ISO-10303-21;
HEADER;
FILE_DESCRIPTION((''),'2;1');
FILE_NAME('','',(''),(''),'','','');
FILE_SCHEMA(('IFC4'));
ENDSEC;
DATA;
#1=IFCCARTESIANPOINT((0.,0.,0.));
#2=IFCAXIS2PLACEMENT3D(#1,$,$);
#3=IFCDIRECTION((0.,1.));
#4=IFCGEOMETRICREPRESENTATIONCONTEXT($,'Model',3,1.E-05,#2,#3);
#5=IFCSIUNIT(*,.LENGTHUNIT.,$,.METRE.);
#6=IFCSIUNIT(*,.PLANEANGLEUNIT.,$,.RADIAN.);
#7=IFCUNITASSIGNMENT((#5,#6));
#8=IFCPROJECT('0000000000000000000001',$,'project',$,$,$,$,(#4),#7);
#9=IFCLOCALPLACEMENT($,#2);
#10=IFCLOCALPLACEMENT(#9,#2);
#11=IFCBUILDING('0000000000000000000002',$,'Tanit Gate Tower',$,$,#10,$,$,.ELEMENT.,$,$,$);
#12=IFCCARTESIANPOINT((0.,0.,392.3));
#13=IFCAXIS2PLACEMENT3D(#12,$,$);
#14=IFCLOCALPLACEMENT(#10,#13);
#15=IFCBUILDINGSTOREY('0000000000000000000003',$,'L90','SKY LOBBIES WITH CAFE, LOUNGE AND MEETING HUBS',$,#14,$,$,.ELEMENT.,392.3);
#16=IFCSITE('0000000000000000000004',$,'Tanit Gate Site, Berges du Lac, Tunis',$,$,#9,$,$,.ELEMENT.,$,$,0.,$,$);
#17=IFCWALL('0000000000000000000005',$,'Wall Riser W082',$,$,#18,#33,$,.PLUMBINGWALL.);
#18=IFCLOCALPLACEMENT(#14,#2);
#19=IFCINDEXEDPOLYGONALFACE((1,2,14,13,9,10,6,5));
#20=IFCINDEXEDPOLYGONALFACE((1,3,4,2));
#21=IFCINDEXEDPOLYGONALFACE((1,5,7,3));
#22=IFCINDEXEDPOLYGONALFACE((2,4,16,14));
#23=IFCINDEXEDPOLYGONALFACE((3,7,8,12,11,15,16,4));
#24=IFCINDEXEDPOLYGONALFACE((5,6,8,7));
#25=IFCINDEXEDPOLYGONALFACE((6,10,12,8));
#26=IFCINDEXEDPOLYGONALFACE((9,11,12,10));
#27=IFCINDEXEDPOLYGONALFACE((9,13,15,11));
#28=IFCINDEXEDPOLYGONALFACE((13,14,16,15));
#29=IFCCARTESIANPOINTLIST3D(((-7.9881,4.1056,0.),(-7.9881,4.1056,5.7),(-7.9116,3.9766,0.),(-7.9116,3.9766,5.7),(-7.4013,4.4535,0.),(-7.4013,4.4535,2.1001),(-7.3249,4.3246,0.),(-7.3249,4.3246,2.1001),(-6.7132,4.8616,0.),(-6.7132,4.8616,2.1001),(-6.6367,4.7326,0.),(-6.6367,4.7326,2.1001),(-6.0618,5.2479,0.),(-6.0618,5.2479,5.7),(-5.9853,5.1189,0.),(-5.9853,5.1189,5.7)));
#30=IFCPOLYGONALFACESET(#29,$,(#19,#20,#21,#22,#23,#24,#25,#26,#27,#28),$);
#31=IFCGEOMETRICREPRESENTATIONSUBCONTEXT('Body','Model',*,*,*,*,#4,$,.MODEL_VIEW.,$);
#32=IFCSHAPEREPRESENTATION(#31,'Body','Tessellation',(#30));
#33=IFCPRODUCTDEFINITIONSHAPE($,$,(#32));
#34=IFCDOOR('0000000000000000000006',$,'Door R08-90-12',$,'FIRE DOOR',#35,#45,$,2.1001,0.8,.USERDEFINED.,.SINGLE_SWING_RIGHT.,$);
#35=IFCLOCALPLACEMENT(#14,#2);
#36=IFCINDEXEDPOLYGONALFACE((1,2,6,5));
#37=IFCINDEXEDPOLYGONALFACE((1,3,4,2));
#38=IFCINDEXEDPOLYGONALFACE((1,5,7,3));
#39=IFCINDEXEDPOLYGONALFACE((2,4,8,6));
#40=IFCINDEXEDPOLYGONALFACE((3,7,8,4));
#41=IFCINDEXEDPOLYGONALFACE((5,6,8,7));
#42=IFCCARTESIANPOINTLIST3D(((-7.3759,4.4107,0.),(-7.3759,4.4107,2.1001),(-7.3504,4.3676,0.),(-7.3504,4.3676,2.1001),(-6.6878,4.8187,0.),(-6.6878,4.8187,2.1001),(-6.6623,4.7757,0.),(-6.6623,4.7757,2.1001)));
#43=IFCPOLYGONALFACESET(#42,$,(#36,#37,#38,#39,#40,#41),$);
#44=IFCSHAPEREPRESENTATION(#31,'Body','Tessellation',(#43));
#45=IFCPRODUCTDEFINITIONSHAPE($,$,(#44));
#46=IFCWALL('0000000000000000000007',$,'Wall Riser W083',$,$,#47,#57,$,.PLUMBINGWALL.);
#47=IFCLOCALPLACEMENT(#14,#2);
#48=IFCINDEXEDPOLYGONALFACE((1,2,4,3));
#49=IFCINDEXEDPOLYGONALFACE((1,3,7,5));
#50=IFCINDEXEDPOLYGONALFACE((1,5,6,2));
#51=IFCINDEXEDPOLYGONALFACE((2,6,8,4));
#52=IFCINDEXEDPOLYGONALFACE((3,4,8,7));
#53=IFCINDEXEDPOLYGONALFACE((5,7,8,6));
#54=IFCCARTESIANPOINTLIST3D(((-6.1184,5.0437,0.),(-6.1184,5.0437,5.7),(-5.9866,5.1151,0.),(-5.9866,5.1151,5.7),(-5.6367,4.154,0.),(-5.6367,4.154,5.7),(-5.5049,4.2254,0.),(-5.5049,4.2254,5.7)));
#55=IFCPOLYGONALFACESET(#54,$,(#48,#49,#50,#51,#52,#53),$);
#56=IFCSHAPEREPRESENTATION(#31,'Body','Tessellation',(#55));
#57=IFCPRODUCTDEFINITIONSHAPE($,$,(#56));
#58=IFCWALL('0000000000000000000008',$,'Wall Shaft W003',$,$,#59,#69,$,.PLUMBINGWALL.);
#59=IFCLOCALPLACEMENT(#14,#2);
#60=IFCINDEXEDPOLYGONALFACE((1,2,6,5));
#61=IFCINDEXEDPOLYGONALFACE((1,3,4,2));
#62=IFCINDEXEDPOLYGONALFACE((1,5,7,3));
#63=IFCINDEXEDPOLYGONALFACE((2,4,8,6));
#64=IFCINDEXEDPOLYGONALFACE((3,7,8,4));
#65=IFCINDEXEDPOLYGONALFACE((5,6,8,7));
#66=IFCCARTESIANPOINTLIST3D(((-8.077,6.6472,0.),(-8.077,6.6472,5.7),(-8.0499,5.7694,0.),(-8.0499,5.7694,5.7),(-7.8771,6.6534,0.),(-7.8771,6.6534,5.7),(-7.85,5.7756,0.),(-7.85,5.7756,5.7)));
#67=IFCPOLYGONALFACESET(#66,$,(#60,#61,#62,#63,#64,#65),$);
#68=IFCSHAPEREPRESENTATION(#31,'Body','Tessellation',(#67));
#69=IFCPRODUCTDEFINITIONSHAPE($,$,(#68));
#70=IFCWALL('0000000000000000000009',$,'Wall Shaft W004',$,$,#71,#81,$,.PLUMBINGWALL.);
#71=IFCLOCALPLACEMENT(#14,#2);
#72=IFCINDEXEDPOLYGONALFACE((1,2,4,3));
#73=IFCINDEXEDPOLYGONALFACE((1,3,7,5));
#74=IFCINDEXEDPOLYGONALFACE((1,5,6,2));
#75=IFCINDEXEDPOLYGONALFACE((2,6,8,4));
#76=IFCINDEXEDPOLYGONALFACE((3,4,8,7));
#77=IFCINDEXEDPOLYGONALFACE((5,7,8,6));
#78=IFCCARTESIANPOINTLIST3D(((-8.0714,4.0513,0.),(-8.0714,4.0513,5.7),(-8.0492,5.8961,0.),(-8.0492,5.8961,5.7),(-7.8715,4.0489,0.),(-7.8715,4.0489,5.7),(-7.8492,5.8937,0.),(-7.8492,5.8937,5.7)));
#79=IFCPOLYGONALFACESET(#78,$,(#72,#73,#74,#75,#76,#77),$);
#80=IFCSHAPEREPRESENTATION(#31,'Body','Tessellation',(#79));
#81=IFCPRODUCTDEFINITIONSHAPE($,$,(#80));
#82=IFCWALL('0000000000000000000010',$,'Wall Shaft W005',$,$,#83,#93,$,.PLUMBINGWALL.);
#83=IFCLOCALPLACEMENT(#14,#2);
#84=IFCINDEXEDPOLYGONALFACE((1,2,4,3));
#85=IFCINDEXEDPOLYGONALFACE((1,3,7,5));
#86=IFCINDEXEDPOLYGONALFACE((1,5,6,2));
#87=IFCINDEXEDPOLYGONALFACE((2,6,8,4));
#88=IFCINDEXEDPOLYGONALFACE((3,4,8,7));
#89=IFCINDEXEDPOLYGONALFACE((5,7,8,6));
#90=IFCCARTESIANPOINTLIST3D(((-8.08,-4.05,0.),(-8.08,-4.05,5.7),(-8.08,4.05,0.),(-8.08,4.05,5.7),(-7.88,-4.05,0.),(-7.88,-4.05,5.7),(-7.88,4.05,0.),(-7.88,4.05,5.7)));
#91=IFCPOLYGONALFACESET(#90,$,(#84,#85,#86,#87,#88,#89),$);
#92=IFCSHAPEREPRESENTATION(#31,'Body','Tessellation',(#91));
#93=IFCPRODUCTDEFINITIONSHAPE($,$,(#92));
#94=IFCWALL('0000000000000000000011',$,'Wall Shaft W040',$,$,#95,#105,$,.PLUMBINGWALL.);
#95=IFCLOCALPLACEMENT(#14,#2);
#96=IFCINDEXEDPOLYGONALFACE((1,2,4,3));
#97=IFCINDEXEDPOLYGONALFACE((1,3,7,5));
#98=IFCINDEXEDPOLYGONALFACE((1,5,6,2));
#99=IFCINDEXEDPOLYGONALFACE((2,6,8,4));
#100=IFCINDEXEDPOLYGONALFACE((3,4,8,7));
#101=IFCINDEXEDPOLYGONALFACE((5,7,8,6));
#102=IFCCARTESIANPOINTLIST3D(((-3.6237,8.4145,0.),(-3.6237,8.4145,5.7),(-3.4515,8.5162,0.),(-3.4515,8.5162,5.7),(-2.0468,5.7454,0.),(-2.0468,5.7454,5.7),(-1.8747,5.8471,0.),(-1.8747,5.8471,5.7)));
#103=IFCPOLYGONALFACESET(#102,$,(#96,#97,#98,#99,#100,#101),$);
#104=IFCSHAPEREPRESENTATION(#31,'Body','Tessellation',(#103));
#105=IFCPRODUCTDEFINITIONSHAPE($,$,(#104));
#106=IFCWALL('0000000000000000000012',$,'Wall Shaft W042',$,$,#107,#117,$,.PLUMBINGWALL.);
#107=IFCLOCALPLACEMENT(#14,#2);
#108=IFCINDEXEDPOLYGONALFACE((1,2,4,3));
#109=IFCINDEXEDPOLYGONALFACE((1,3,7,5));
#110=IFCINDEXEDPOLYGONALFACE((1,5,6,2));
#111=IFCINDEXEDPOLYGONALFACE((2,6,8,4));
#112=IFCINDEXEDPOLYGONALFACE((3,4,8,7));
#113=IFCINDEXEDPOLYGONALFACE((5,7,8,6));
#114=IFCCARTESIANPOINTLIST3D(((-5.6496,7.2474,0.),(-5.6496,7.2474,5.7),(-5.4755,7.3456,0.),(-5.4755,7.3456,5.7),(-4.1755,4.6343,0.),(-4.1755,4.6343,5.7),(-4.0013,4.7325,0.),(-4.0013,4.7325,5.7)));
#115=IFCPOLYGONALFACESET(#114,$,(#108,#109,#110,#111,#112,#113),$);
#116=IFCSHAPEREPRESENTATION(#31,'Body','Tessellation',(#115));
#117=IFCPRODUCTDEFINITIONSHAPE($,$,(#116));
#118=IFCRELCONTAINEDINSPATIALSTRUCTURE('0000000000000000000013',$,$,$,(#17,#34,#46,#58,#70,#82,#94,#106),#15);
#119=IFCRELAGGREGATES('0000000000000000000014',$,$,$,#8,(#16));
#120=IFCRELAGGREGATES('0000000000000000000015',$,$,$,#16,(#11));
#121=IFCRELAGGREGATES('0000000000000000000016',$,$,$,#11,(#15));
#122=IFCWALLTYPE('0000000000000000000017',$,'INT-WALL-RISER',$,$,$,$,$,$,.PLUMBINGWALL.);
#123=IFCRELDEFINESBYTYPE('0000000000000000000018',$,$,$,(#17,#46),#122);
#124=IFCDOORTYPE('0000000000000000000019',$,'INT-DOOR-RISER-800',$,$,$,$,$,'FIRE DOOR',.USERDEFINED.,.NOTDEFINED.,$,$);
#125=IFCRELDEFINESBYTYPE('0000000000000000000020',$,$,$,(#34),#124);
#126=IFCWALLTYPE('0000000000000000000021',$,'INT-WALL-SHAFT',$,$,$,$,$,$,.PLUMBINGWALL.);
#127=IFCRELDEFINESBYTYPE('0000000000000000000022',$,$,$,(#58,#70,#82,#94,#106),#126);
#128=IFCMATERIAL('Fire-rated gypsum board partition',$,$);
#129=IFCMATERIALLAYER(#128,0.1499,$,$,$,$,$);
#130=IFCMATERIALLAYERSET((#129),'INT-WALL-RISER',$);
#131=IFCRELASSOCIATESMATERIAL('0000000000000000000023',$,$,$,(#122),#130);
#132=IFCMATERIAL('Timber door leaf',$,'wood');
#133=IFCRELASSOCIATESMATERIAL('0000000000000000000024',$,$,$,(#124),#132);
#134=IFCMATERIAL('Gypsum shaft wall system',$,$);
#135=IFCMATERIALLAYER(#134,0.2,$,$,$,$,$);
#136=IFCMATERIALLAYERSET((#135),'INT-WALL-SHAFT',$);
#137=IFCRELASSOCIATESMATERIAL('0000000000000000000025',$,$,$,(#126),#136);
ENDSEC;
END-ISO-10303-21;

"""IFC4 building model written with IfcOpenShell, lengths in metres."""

from ifc_helpers import new_model, si_unit, direction, frame, frame_2d, origin, place, context, subcontext, project, spatial, rectangle, extrude, material, layer, layer_set, type_object, element, fill, save


model = new_model("IFC4")

# Units and contexts
model_context = context("Model", 3, precision=1e-05, world=origin(), true_north=direction((0.0, 1.0)))
body_context = subcontext(model_context, "Body", "Model", "MODEL_VIEW")
ifc_project = project(units=[si_unit("LENGTHUNIT", "METRE"), si_unit("PLANEANGLEUNIT", "RADIAN")], contexts=[model_context])

# Site, building, storey
site_placement = place(None, origin())
site = spatial("IfcSite", under=ifc_project, at=site_placement, Name="Tanit Gate Site, Berges du Lac, Tunis", CompositionType="ELEMENT", RefElevation=0.0)
building_placement = place(site_placement, origin())
building = spatial("IfcBuilding", under=site, at=building_placement, Name="Tanit Gate Tower", CompositionType="ELEMENT")
storey_placement = place(building_placement, frame((0.0, 0.0, 392.3)))
storey = spatial("IfcBuildingStorey", under=building, at=storey_placement, Name="L90", Description="SKY LOBBIES WITH CAFE, LOUNGE AND MEETING HUBS", CompositionType="ELEMENT", Elevation=392.3)

# Wall, opening, door
ifc_material_1 = material(Name="Fire-rated gypsum board partition")
ifc_layer_1 = layer(ifc_material_1, 0.1499)
ifc_layer_set_1 = layer_set([ifc_layer_1], Name="INT-WALL-RISER")
wall_type_1 = type_object("IfcWallType", Name="INT-WALL-RISER", PredefinedType="PLUMBINGWALL", material=ifc_layer_set_1)
wall_1_placement = place(storey_placement, frame((-6.0237, 5.1833, 0.0), z_axis=(0.0, 0.0, 1.0), x_axis=(-0.860127, -0.51008, 0.0)))
wall_1 = element("IfcWall", 1, at=wall_1_placement, inside=storey, type_object=wall_type_1, Name="Wall Riser W082", PredefinedType="PLUMBINGWALL", context=body_context, shape_type="SweptSolid", body=[
    extrude(rectangle(XDim=2.2395, YDim=0.1499, at=frame_2d((1.1196, 0.0))), origin(), (0.0, 0.0, 1.0), 5.7),
])
opening_1_placement = place(wall_1_placement, frame((0.7573, 0.0, 0.0)))
opening_1 = element("IfcOpeningElement", 2, at=opening_1_placement, cuts=wall_1, PredefinedType="OPENING", context=body_context, shape_type="SweptSolid", body=[
    extrude(rectangle(XDim=0.8, YDim=2.1001, at=frame_2d((0.3999, 1.05))), frame((0.0, 0.085, 0.0), z_axis=(0.0, -1.0, 0.0), x_axis=(1.0, 0.0, 0.0)), (0.0, 0.0, 1.0), 0.1699),
])
ifc_material_2 = material(Name="Timber door leaf", Category="wood")
door_type_1 = type_object("IfcDoorType", Name="INT-DOOR-RISER-800", ElementType="FIRE DOOR", OperationType="NOTDEFINED", PredefinedType="USERDEFINED", material=ifc_material_2)
door_1_placement = place(opening_1_placement, origin())
door_1 = element("IfcDoor", 3, at=door_1_placement, inside=storey, type_object=door_type_1, Name="Door R08-90-12", ObjectType="FIRE DOOR", OperationType="SINGLE_SWING_RIGHT", OverallHeight=2.1001, OverallWidth=0.8, PredefinedType="USERDEFINED", context=body_context, shape_type="SweptSolid", body=[
    extrude(rectangle(XDim=0.8, YDim=2.1001, at=frame_2d((0.3999, 1.05))), frame((0.0, 0.0249, 0.0), z_axis=(0.0, -1.0, 0.0), x_axis=(1.0, 0.0, 0.0)), (0.0, 0.0, 1.0), 0.05),
])
fill(opening_1, door_1)

# Walls
wall_2_placement = place(storey_placement, frame((-5.5708, 4.1897, 0.0), z_axis=(0.0, 0.0, 1.0), x_axis=(-0.476128, 0.879376, 0.0)))
element("IfcWall", 4, at=wall_2_placement, inside=storey, type_object=wall_type_1, Name="Wall Riser W083", PredefinedType="PLUMBINGWALL", context=body_context, shape_type="SweptSolid", body=[
    extrude(rectangle(XDim=1.0117, YDim=0.1499, at=frame_2d((0.5059, 0.0))), origin(), (0.0, 0.0, 1.0), 5.7),
])
ifc_material_3 = material(Name="Gypsum shaft wall system")
ifc_layer_2 = layer(ifc_material_3, 0.2)
ifc_layer_set_2 = layer_set([ifc_layer_2], Name="INT-WALL-SHAFT")
wall_type_2 = type_object("IfcWallType", Name="INT-WALL-SHAFT", PredefinedType="PLUMBINGWALL", material=ifc_layer_set_2)
wall_3_placement = place(storey_placement, frame((-7.9771, 6.6501, 0.0), z_axis=(0.0, 0.0, 1.0), x_axis=(0.030862, -0.999524, 0.0)))
element("IfcWall", 5, at=wall_3_placement, inside=storey, type_object=wall_type_2, Name="Wall Shaft W003", PredefinedType="PLUMBINGWALL", context=body_context, shape_type="SweptSolid", body=[
    extrude(rectangle(XDim=0.8782, YDim=0.2, at=frame_2d((0.439, 0.0))), origin(), (0.0, 0.0, 1.0), 5.7),
])
wall_4_placement = place(storey_placement, frame((-7.9492, 5.8948, 0.0), z_axis=(0.0, 0.0, 1.0), x_axis=(-0.012043, -0.999927, 0.0)))
element("IfcWall", 6, at=wall_4_placement, inside=storey, type_object=wall_type_2, Name="Wall Shaft W004", PredefinedType="PLUMBINGWALL", context=body_context, shape_type="SweptSolid", body=[
    extrude(rectangle(XDim=1.845, YDim=0.2, at=frame_2d((0.9224, 0.0))), origin(), (0.0, 0.0, 1.0), 5.7),
])
wall_5_placement = place(storey_placement, frame((-7.98, 4.05, 0.0), z_axis=(0.0, 0.0, 1.0), x_axis=(0.0, -1.0, 0.0)))
element("IfcWall", 7, at=wall_5_placement, inside=storey, type_object=wall_type_2, Name="Wall Shaft W005", PredefinedType="PLUMBINGWALL", context=body_context, shape_type="SweptSolid", body=[
    extrude(rectangle(XDim=8.1001, YDim=0.2, at=frame_2d((4.05, 0.0))), origin(), (0.0, 0.0, 1.0), 5.7),
])

# Walls
wall_6_placement = place(storey_placement, frame((-3.5376, 8.4653, 0.0), z_axis=(0.0, 0.0, 1.0), x_axis=(0.508647, -0.860975, 0.0)))
element("IfcWall", 8, at=wall_6_placement, inside=storey, type_object=wall_type_2, Name="Wall Shaft W040", PredefinedType="PLUMBINGWALL", context=body_context, shape_type="SweptSolid", body=[
    extrude(rectangle(XDim=3.1001, YDim=0.2, at=frame_2d((1.55, 0.0))), origin(), (0.0, 0.0, 1.0), 5.7),
])
wall_7_placement = place(storey_placement, frame((-5.5625, 7.2964, 0.0), z_axis=(0.0, 0.0, 1.0), x_axis=(0.491347, -0.870964, 0.0)))
element("IfcWall", 9, at=wall_7_placement, inside=storey, type_object=wall_type_2, Name="Wall Shaft W042", PredefinedType="PLUMBINGWALL", context=body_context, shape_type="SweptSolid", body=[
    extrude(rectangle(XDim=3.0002, YDim=0.2, at=frame_2d((1.5, 0.0))), origin(), (0.0, 0.0, 1.0), 5.7),
])

save(model, "model.ifc")
